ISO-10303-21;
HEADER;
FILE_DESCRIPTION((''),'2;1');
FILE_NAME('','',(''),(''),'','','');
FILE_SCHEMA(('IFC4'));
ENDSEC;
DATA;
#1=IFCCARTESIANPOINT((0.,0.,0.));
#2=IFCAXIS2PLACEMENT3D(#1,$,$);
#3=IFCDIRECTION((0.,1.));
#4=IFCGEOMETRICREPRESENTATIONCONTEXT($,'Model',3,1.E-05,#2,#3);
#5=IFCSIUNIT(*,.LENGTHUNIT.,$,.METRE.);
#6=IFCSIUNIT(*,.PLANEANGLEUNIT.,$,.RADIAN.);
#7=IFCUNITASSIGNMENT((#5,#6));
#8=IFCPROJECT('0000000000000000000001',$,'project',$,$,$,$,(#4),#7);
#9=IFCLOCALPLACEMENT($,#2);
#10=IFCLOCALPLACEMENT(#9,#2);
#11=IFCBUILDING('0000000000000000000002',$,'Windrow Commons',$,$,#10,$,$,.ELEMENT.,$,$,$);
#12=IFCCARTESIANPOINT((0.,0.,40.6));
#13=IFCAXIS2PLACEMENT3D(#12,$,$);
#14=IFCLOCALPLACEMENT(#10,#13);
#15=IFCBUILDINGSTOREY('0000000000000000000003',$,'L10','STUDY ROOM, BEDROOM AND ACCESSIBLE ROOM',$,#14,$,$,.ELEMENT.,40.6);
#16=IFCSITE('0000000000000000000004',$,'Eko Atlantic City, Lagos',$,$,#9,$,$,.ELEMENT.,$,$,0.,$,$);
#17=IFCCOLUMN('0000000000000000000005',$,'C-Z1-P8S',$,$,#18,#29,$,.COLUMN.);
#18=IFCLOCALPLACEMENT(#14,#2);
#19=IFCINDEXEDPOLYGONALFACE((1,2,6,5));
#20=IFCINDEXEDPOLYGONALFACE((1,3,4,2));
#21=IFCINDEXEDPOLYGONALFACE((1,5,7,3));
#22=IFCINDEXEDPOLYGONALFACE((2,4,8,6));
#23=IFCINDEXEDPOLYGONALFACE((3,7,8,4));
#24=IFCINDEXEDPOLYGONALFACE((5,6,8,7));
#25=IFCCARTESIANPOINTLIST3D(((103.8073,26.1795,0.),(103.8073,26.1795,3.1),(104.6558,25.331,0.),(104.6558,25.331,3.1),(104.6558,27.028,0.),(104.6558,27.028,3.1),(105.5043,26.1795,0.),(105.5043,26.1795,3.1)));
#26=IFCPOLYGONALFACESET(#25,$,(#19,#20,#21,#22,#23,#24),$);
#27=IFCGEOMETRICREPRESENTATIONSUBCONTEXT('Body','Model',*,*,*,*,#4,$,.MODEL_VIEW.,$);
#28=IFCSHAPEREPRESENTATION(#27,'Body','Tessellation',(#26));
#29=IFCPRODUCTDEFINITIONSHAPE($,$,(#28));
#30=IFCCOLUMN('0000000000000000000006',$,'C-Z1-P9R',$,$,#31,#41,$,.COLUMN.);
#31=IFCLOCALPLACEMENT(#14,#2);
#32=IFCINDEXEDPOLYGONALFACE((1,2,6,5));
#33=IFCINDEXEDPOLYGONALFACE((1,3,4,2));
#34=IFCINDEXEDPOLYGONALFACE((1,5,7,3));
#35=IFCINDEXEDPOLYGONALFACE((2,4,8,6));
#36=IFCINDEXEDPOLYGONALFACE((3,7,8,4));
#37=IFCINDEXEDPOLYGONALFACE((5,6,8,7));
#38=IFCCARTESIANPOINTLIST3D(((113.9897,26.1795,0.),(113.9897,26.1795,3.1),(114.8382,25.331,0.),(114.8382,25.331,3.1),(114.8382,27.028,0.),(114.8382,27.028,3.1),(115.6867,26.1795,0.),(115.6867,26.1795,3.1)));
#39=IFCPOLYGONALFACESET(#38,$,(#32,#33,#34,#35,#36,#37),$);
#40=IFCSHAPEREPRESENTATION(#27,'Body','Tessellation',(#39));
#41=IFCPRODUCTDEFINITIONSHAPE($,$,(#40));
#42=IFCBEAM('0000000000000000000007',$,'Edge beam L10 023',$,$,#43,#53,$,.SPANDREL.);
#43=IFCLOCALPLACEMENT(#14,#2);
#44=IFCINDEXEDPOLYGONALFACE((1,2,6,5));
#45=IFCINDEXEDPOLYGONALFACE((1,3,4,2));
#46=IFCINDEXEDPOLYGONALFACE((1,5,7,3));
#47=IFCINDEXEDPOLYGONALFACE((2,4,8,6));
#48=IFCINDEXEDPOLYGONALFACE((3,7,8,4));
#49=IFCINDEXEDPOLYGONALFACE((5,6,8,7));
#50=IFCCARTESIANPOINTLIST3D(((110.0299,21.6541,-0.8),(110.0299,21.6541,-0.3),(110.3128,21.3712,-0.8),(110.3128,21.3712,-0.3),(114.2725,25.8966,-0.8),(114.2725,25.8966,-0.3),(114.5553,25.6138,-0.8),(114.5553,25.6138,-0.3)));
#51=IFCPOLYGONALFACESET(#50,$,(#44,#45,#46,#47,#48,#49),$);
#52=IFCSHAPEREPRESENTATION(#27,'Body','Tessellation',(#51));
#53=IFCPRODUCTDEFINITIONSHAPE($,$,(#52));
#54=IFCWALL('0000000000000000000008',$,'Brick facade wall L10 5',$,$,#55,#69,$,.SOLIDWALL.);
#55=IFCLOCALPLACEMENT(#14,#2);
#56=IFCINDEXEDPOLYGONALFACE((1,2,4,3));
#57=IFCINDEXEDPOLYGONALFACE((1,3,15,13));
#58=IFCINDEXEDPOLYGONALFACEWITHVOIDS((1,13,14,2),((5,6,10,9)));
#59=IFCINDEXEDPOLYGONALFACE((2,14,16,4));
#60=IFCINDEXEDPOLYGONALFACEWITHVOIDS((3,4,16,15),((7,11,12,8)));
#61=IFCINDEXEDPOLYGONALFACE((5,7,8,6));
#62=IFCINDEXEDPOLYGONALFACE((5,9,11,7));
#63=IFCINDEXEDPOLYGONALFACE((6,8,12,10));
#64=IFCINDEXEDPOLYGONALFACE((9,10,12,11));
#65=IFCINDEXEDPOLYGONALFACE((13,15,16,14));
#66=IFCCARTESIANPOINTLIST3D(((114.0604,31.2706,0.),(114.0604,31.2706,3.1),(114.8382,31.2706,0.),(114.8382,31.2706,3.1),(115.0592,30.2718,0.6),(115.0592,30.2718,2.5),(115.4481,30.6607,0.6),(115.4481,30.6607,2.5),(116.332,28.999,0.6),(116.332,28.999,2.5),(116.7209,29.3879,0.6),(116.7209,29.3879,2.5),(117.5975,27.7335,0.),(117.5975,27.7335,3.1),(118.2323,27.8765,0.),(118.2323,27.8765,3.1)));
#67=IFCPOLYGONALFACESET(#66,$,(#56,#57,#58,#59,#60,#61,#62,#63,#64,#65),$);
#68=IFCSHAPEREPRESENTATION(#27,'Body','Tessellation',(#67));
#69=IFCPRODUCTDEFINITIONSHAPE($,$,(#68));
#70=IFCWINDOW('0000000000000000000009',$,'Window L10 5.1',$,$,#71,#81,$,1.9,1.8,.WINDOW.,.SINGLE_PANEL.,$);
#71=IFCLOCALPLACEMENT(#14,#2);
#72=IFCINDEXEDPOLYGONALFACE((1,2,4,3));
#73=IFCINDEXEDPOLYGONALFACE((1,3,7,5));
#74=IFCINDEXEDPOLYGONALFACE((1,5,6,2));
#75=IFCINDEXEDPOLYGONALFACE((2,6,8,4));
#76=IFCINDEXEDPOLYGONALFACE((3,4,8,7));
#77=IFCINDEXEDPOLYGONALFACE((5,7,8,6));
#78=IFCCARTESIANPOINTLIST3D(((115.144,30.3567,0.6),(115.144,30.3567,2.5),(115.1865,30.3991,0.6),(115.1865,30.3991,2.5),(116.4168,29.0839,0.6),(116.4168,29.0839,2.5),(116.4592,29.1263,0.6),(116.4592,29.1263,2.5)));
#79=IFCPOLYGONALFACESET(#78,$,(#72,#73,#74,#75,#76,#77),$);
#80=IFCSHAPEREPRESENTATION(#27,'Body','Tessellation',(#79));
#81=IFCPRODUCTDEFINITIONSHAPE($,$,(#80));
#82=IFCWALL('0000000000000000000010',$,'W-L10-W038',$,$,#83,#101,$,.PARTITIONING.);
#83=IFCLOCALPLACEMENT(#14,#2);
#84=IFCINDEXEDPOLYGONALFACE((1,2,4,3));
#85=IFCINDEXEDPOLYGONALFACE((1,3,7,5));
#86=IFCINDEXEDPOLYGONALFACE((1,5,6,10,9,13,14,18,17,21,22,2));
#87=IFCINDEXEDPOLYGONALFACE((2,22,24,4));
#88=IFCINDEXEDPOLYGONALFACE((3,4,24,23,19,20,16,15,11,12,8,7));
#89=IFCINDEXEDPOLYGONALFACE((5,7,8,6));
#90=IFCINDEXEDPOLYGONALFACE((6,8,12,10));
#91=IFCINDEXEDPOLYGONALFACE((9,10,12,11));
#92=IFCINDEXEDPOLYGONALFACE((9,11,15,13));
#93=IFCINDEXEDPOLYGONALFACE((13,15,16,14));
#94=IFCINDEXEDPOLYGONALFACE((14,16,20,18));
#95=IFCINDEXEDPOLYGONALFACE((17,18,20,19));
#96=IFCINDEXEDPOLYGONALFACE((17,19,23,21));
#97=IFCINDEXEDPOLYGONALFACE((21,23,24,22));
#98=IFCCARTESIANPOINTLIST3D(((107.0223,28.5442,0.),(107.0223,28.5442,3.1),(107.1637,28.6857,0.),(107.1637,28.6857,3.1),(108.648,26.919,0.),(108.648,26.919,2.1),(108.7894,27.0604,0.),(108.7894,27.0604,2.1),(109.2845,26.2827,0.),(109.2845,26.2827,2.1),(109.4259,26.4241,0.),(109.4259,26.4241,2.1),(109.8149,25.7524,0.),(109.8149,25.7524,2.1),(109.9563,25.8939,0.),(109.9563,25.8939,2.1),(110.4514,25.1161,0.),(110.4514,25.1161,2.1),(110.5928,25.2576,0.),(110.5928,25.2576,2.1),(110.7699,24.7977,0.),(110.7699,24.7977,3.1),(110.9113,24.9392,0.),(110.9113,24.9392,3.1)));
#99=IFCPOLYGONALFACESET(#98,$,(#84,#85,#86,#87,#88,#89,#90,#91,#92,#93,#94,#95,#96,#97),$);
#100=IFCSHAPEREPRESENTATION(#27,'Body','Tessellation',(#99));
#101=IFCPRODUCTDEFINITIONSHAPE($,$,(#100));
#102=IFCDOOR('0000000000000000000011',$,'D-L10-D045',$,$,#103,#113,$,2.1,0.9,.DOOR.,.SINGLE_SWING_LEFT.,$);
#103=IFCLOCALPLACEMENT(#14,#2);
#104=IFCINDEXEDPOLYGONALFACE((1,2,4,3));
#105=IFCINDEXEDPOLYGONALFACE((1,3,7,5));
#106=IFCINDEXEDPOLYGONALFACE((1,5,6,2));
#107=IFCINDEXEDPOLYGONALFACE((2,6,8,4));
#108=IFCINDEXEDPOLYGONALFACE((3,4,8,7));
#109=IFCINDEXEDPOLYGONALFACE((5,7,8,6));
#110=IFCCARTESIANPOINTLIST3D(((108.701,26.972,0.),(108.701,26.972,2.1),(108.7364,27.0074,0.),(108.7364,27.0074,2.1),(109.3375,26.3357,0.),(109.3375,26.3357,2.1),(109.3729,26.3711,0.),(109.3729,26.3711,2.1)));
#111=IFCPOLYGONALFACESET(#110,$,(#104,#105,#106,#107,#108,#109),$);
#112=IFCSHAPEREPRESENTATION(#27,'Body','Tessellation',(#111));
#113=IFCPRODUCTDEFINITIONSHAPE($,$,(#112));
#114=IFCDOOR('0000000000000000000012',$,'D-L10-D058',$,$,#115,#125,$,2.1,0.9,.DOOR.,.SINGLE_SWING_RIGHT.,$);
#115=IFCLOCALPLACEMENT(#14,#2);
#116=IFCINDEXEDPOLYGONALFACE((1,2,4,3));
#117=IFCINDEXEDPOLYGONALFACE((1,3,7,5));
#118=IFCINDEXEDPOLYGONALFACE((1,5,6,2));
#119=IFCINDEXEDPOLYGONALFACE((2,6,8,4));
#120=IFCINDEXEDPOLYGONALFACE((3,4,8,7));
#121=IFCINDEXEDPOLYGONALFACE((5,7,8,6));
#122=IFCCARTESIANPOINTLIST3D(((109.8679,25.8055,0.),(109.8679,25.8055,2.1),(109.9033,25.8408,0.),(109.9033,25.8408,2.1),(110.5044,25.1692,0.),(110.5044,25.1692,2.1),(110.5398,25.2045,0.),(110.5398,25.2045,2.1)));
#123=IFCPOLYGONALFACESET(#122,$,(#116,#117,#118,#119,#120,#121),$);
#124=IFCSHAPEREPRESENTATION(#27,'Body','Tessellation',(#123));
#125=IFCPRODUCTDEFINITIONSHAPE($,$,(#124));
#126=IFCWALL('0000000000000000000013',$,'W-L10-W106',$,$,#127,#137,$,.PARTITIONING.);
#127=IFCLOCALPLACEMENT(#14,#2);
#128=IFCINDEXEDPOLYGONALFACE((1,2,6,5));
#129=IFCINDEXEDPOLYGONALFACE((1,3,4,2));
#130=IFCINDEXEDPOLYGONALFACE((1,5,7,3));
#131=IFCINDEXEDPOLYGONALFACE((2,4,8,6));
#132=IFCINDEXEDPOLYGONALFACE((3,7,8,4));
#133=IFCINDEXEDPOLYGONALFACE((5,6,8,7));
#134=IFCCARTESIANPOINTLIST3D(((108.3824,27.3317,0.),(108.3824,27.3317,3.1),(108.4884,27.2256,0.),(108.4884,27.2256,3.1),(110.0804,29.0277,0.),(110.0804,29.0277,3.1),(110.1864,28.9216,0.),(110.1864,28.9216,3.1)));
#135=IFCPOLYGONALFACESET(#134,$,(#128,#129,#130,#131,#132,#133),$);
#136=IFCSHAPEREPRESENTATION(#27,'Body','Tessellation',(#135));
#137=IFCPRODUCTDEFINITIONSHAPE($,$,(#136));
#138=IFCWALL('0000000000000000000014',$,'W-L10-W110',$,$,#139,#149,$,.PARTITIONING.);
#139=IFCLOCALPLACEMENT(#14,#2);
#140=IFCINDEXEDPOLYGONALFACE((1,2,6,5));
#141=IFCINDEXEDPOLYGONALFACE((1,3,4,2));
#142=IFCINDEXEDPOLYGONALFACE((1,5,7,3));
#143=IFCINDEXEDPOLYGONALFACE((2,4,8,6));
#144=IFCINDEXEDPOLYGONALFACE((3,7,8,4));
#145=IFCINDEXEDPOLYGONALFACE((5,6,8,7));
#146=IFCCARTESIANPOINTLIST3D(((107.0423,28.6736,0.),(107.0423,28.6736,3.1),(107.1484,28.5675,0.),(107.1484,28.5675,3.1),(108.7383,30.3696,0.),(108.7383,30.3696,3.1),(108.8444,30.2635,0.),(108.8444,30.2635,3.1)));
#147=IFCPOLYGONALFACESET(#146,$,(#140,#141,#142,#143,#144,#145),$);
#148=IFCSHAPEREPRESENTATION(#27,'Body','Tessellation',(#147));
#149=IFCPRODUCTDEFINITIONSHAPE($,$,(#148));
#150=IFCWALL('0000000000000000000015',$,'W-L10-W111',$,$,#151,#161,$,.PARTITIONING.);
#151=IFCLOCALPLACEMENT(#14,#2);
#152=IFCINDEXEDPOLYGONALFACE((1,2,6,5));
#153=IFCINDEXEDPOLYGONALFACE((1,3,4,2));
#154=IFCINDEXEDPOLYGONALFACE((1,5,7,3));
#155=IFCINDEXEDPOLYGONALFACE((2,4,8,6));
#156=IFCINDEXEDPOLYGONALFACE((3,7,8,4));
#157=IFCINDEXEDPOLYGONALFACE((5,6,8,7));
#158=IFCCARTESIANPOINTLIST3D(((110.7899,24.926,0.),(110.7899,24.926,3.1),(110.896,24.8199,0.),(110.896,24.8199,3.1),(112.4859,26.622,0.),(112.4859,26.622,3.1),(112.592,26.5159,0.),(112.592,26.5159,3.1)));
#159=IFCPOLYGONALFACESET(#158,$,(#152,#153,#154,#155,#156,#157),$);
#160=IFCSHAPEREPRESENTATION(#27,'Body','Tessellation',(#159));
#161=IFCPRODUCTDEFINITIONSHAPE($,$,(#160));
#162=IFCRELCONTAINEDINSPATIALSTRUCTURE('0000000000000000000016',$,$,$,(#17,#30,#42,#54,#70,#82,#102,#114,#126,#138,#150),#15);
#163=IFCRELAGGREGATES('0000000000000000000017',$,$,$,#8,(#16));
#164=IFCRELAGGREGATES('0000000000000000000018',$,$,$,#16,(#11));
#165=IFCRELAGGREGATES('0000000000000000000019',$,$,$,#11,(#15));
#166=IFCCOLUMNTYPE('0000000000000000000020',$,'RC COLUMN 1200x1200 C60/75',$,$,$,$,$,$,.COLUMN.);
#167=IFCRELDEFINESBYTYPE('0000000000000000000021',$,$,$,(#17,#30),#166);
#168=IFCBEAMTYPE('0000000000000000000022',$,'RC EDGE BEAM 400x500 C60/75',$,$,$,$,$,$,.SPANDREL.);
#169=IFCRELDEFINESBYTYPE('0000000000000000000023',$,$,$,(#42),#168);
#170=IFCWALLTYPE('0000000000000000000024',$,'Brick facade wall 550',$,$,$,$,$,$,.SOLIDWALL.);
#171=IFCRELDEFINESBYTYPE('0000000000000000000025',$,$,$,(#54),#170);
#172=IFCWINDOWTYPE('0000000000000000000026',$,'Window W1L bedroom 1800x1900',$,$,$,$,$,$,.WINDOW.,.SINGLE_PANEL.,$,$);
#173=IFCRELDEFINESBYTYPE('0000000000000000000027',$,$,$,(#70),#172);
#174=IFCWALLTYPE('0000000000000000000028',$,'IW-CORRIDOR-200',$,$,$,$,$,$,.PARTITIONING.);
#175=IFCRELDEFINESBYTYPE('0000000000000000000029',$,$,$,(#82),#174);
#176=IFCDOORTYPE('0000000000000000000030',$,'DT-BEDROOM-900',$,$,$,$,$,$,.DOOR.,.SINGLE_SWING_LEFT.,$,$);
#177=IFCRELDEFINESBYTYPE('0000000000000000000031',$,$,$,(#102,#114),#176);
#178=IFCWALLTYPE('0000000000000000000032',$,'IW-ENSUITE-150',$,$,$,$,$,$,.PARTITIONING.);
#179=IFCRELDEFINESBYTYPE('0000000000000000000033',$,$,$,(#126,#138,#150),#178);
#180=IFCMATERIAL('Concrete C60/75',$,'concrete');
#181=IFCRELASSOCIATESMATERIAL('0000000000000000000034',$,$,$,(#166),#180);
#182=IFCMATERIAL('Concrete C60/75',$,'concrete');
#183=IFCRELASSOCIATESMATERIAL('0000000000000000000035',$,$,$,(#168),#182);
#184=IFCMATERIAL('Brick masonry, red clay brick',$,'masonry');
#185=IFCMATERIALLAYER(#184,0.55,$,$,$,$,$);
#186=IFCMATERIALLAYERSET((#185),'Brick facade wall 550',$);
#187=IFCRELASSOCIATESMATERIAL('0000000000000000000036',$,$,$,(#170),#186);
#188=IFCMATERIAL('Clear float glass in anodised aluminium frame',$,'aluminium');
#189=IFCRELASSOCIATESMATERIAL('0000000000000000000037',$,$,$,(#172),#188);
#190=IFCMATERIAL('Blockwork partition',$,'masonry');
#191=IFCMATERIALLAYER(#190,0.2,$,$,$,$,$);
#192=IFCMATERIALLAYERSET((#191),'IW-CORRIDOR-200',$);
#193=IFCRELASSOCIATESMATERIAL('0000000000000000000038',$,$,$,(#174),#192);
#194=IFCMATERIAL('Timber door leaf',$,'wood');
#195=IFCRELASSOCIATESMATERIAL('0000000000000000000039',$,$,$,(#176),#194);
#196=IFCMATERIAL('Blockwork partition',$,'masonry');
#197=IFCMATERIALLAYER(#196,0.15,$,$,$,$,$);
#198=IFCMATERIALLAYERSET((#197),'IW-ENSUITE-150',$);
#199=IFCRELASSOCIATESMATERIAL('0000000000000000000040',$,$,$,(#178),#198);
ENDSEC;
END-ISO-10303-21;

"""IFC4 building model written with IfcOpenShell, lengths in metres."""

from ifc_helpers import new_model, si_unit, direction, frame, frame_2d, origin, origin_2d, place, context, subcontext, project, spatial, polyline, rectangle, outline, extrude, material, layer, layer_set, material_profile, profile_set, type_object, element, fill, save


model = new_model("IFC4")

# Units and contexts
model_context = context("Model", 3, precision=1e-05, world=origin(), true_north=direction((0.0, 1.0)))
body_context = subcontext(model_context, "Body", "Model", "MODEL_VIEW")
ifc_project = project(units=[si_unit("LENGTHUNIT", "METRE"), si_unit("PLANEANGLEUNIT", "RADIAN")], contexts=[model_context])

# Site, building, storey
site_placement = place(None, origin())
site = spatial("IfcSite", under=ifc_project, at=site_placement, Name="Eko Atlantic City, Lagos", CompositionType="ELEMENT", RefElevation=0.0)
building_placement = place(site_placement, origin())
building = spatial("IfcBuilding", under=site, at=building_placement, Name="Windrow Commons", CompositionType="ELEMENT")
storey_placement = place(building_placement, frame((0.0, 0.0, 40.6)))
storey = spatial("IfcBuildingStorey", under=building, at=storey_placement, Name="L10", Description="STUDY ROOM, BEDROOM AND ACCESSIBLE ROOM", CompositionType="ELEMENT", Elevation=40.6)

# Columns
ifc_material_1 = material(Name="Concrete C60/75", Category="concrete")
ifc_material_profile_1 = material_profile(ifc_material_1, rectangle(XDim=1.2, YDim=1.2, at=origin_2d()))
ifc_profile_set_1 = profile_set([ifc_material_profile_1], Name="Concrete C60/75")
column_type = type_object("IfcColumnType", Name="RC COLUMN 1200x1200 C60/75", PredefinedType="COLUMN", material=ifc_profile_set_1)
for number, where, z_axis, x_axis, name in (
    (1, (104.6558, 26.1795, 0.0), (0.0, 0.0, 1.0), (0.707107, -0.707107, 0.0), "C-Z1-P8S"),
    (2, (114.8382, 26.1795, 0.0), (0.0, 0.0, 1.0), (0.707107, -0.707107, 0.0), "C-Z1-P9R"),
):
    element("IfcColumn", number, at=place(storey_placement, frame(where, z_axis=z_axis, x_axis=x_axis)), inside=storey, type_object=column_type, Name=name, PredefinedType="COLUMN", context=body_context, shape_type="SweptSolid", body=[
        extrude(rectangle(XDim=1.2, YDim=1.2, at=origin_2d()), origin(), (0.0, 0.0, 1.0), 3.1),
    ])

# Beam
ifc_material_2 = material(Name="Concrete C60/75", Category="concrete")
ifc_material_profile_2 = material_profile(ifc_material_2, rectangle(XDim=0.4, YDim=0.5, at=origin_2d()))
ifc_profile_set_2 = profile_set([ifc_material_profile_2], Name="Concrete C60/75")
beam_type = type_object("IfcBeamType", Name="RC EDGE BEAM 400x500 C60/75", PredefinedType="SPANDREL", material=ifc_profile_set_2)
beam_placement = place(storey_placement, frame((114.4139, 25.7552, -0.55), z_axis=(-0.707107, -0.707107, 0.0), x_axis=(0.707107, -0.707107, 0.0)))
element("IfcBeam", 3, at=beam_placement, inside=storey, type_object=beam_type, Name="Edge beam L10 023", PredefinedType="SPANDREL", context=body_context, shape_type="SweptSolid", body=[
    extrude(rectangle(XDim=0.4, YDim=0.5, at=origin_2d()), origin(), (0.0, 0.0, 1.0), 5.9999),
])

# Wall, opening, window
ifc_material_3 = material(Name="Brick masonry, red clay brick", Category="masonry")
ifc_layer_1 = layer(ifc_material_3, 0.55)
ifc_layer_set_1 = layer_set([ifc_layer_1], Name="Brick facade wall 550")
wall_type_1 = type_object("IfcWallType", Name="Brick facade wall 550", PredefinedType="SOLIDWALL", material=ifc_layer_set_1)
wall_1_placement = place(storey_placement, frame((117.9149, 27.805, 0.0), z_axis=(0.0, 0.0, 1.0), x_axis=(-0.707107, 0.707107, 0.0)))
wall_1 = element("IfcWall", 4, at=wall_1_placement, inside=storey, type_object=wall_type_1, Name="Brick facade wall L10 5", PredefinedType="SOLIDWALL", context=body_context, shape_type="SweptSolid", body=[
    extrude(outline(polyline([(-0.1739, -0.275), (4.6261, -0.275), (5.1761, 0.275), (0.1739, 0.275), (-0.1739, -0.275)])), origin(), (0.0, 0.0, 1.0), 3.1),
])
opening_1_placement = place(wall_1_placement, frame((1.9636, 0.0, 0.6)))
opening_1 = element("IfcOpeningElement", 5, at=opening_1_placement, cuts=wall_1, PredefinedType="OPENING", context=body_context, shape_type="SweptSolid", body=[
    extrude(rectangle(XDim=1.8, YDim=1.9, at=frame_2d((0.9, 0.95))), frame((0.0, 0.285, 0.0), z_axis=(0.0, -1.0, 0.0), x_axis=(1.0, 0.0, 0.0)), (0.0, 0.0, 1.0), 0.57),
])
ifc_material_4 = material(Name="Clear float glass in anodised aluminium frame", Category="aluminium")
window_type = type_object("IfcWindowType", Name="Window W1L bedroom 1800x1900", PartitioningType="SINGLE_PANEL", PredefinedType="WINDOW", material=ifc_material_4)
window_placement = place(opening_1_placement, origin())
window = element("IfcWindow", 6, at=window_placement, inside=storey, type_object=window_type, Name="Window L10 5.1", OverallHeight=1.9, OverallWidth=1.8, PartitioningType="SINGLE_PANEL", PredefinedType="WINDOW", context=body_context, shape_type="SweptSolid", body=[
    extrude(rectangle(XDim=1.8, YDim=1.9, at=frame_2d((0.9, 0.95))), frame((0.0, 0.155, 0.0), z_axis=(0.0, -1.0, 0.0), x_axis=(1.0, 0.0, 0.0)), (0.0, 0.0, 1.0), 0.06),
])
fill(opening_1, window)

# Wall, openings, doors
ifc_material_5 = material(Name="Blockwork partition", Category="masonry")
ifc_layer_2 = layer(ifc_material_5, 0.2)
ifc_layer_set_2 = layer_set([ifc_layer_2], Name="IW-CORRIDOR-200")
wall_type_2 = type_object("IfcWallType", Name="IW-CORRIDOR-200", PredefinedType="PARTITIONING", material=ifc_layer_set_2)
wall_2_placement = place(storey_placement, frame((107.093, 28.615, 0.0), z_axis=(0.0, 0.0, 1.0), x_axis=(0.707201, -0.707012, 0.0)))
wall_2 = element("IfcWall", 7, at=wall_2_placement, inside=storey, type_object=wall_type_2, Name="W-L10-W038", PredefinedType="PARTITIONING", context=body_context, shape_type="SweptSolid", body=[
    extrude(rectangle(XDim=5.2991, YDim=0.2, at=frame_2d((2.6496, 0.0))), origin(), (0.0, 0.0, 1.0), 3.1),
])
opening_2_placement = place(wall_2_placement, frame((2.2988, 0.0, 0.0)))
opening_2 = element("IfcOpeningElement", 8, at=opening_2_placement, cuts=wall_2, PredefinedType="OPENING", context=body_context, shape_type="SweptSolid", body=[
    extrude(rectangle(XDim=0.9, YDim=2.1, at=frame_2d((0.45, 1.05))), frame((0.0, 0.11, 0.0), z_axis=(0.0, -1.0, 0.0), x_axis=(1.0, 0.0, 0.0)), (0.0, 0.0, 1.0), 0.22),
])
opening_3_placement = place(wall_2_placement, frame((3.9488, 0.0, 0.0)))
opening_3 = element("IfcOpeningElement", 9, at=opening_3_placement, cuts=wall_2, PredefinedType="OPENING", context=body_context, shape_type="SweptSolid", body=[
    extrude(rectangle(XDim=0.9, YDim=2.1, at=frame_2d((0.45, 1.05))), frame((0.0, 0.11, 0.0), z_axis=(0.0, -1.0, 0.0), x_axis=(1.0, 0.0, 0.0)), (0.0, 0.0, 1.0), 0.22),
])
ifc_material_6 = material(Name="Timber door leaf", Category="wood")
door_type_1 = type_object("IfcDoorType", Name="DT-BEDROOM-900", OperationType="SINGLE_SWING_LEFT", PredefinedType="DOOR", material=ifc_material_6)
door_1_placement = place(opening_2_placement, origin())
door_1 = element("IfcDoor", 10, at=door_1_placement, inside=storey, type_object=door_type_1, Name="D-L10-D045", OperationType="SINGLE_SWING_LEFT", OverallHeight=2.1, OverallWidth=0.9, PredefinedType="DOOR", context=body_context, shape_type="SweptSolid", body=[
    extrude(rectangle(XDim=0.9, YDim=2.1, at=frame_2d((0.45, 1.05))), frame((0.0, 0.025, 0.0), z_axis=(0.0, -1.0, 0.0), x_axis=(1.0, 0.0, 0.0)), (0.0, 0.0, 1.0), 0.05),
])
fill(opening_2, door_1)
door_2_placement = place(opening_3_placement, origin())
door_2 = element("IfcDoor", 11, at=door_2_placement, inside=storey, type_object=door_type_1, Name="D-L10-D058", OperationType="SINGLE_SWING_RIGHT", OverallHeight=2.1, OverallWidth=0.9, PredefinedType="DOOR", context=body_context, shape_type="SweptSolid", body=[
    extrude(rectangle(XDim=0.9, YDim=2.1, at=frame_2d((0.45, 1.05))), frame((0.0, 0.025, 0.0), z_axis=(0.0, -1.0, 0.0), x_axis=(1.0, 0.0, 0.0)), (0.0, 0.0, 1.0), 0.05),
])
fill(opening_3, door_2)

# Walls
ifc_material_7 = material(Name="Blockwork partition", Category="masonry")
ifc_layer_3 = layer(ifc_material_7, 0.15)
ifc_layer_set_3 = layer_set([ifc_layer_3], Name="IW-ENSUITE-150")
wall_type_3 = type_object("IfcWallType", Name="IW-ENSUITE-150", PredefinedType="PARTITIONING", material=ifc_layer_set_3)
wall_3_placement = place(storey_placement, frame((108.4354, 27.2786, 0.0), z_axis=(0.0, 0.0, 1.0), x_axis=(0.707523, 0.70669, 0.0)))
element("IfcWall", 12, at=wall_3_placement, inside=storey, type_object=wall_type_3, Name="W-L10-W106", PredefinedType="PARTITIONING", context=body_context, shape_type="SweptSolid", body=[
    extrude(rectangle(XDim=2.3999, YDim=0.15, at=frame_2d((1.2, 0.0))), origin(), (0.0, 0.0, 1.0), 3.1),
])
for number, where, z_axis, x_axis, name in (
    (13, (107.0954, 28.6206, 0.0), (0.0, 0.0, 1.0), (0.707107, 0.707107, 0.0), "W-L10-W110"),
    (14, (110.843, 24.873, 0.0), (0.0, 0.0, 1.0), (0.707107, 0.707107, 0.0), "W-L10-W111"),
):
    element("IfcWall", number, at=place(storey_placement, frame(where, z_axis=z_axis, x_axis=x_axis)), inside=storey, type_object=wall_type_3, Name=name, PredefinedType="PARTITIONING", context=body_context, shape_type="SweptSolid", body=[
        extrude(rectangle(XDim=2.3985, YDim=0.15, at=frame_2d((1.1992, 0.0))), origin(), (0.0, 0.0, 1.0), 3.1),
    ])

save(model, "model.ifc")
